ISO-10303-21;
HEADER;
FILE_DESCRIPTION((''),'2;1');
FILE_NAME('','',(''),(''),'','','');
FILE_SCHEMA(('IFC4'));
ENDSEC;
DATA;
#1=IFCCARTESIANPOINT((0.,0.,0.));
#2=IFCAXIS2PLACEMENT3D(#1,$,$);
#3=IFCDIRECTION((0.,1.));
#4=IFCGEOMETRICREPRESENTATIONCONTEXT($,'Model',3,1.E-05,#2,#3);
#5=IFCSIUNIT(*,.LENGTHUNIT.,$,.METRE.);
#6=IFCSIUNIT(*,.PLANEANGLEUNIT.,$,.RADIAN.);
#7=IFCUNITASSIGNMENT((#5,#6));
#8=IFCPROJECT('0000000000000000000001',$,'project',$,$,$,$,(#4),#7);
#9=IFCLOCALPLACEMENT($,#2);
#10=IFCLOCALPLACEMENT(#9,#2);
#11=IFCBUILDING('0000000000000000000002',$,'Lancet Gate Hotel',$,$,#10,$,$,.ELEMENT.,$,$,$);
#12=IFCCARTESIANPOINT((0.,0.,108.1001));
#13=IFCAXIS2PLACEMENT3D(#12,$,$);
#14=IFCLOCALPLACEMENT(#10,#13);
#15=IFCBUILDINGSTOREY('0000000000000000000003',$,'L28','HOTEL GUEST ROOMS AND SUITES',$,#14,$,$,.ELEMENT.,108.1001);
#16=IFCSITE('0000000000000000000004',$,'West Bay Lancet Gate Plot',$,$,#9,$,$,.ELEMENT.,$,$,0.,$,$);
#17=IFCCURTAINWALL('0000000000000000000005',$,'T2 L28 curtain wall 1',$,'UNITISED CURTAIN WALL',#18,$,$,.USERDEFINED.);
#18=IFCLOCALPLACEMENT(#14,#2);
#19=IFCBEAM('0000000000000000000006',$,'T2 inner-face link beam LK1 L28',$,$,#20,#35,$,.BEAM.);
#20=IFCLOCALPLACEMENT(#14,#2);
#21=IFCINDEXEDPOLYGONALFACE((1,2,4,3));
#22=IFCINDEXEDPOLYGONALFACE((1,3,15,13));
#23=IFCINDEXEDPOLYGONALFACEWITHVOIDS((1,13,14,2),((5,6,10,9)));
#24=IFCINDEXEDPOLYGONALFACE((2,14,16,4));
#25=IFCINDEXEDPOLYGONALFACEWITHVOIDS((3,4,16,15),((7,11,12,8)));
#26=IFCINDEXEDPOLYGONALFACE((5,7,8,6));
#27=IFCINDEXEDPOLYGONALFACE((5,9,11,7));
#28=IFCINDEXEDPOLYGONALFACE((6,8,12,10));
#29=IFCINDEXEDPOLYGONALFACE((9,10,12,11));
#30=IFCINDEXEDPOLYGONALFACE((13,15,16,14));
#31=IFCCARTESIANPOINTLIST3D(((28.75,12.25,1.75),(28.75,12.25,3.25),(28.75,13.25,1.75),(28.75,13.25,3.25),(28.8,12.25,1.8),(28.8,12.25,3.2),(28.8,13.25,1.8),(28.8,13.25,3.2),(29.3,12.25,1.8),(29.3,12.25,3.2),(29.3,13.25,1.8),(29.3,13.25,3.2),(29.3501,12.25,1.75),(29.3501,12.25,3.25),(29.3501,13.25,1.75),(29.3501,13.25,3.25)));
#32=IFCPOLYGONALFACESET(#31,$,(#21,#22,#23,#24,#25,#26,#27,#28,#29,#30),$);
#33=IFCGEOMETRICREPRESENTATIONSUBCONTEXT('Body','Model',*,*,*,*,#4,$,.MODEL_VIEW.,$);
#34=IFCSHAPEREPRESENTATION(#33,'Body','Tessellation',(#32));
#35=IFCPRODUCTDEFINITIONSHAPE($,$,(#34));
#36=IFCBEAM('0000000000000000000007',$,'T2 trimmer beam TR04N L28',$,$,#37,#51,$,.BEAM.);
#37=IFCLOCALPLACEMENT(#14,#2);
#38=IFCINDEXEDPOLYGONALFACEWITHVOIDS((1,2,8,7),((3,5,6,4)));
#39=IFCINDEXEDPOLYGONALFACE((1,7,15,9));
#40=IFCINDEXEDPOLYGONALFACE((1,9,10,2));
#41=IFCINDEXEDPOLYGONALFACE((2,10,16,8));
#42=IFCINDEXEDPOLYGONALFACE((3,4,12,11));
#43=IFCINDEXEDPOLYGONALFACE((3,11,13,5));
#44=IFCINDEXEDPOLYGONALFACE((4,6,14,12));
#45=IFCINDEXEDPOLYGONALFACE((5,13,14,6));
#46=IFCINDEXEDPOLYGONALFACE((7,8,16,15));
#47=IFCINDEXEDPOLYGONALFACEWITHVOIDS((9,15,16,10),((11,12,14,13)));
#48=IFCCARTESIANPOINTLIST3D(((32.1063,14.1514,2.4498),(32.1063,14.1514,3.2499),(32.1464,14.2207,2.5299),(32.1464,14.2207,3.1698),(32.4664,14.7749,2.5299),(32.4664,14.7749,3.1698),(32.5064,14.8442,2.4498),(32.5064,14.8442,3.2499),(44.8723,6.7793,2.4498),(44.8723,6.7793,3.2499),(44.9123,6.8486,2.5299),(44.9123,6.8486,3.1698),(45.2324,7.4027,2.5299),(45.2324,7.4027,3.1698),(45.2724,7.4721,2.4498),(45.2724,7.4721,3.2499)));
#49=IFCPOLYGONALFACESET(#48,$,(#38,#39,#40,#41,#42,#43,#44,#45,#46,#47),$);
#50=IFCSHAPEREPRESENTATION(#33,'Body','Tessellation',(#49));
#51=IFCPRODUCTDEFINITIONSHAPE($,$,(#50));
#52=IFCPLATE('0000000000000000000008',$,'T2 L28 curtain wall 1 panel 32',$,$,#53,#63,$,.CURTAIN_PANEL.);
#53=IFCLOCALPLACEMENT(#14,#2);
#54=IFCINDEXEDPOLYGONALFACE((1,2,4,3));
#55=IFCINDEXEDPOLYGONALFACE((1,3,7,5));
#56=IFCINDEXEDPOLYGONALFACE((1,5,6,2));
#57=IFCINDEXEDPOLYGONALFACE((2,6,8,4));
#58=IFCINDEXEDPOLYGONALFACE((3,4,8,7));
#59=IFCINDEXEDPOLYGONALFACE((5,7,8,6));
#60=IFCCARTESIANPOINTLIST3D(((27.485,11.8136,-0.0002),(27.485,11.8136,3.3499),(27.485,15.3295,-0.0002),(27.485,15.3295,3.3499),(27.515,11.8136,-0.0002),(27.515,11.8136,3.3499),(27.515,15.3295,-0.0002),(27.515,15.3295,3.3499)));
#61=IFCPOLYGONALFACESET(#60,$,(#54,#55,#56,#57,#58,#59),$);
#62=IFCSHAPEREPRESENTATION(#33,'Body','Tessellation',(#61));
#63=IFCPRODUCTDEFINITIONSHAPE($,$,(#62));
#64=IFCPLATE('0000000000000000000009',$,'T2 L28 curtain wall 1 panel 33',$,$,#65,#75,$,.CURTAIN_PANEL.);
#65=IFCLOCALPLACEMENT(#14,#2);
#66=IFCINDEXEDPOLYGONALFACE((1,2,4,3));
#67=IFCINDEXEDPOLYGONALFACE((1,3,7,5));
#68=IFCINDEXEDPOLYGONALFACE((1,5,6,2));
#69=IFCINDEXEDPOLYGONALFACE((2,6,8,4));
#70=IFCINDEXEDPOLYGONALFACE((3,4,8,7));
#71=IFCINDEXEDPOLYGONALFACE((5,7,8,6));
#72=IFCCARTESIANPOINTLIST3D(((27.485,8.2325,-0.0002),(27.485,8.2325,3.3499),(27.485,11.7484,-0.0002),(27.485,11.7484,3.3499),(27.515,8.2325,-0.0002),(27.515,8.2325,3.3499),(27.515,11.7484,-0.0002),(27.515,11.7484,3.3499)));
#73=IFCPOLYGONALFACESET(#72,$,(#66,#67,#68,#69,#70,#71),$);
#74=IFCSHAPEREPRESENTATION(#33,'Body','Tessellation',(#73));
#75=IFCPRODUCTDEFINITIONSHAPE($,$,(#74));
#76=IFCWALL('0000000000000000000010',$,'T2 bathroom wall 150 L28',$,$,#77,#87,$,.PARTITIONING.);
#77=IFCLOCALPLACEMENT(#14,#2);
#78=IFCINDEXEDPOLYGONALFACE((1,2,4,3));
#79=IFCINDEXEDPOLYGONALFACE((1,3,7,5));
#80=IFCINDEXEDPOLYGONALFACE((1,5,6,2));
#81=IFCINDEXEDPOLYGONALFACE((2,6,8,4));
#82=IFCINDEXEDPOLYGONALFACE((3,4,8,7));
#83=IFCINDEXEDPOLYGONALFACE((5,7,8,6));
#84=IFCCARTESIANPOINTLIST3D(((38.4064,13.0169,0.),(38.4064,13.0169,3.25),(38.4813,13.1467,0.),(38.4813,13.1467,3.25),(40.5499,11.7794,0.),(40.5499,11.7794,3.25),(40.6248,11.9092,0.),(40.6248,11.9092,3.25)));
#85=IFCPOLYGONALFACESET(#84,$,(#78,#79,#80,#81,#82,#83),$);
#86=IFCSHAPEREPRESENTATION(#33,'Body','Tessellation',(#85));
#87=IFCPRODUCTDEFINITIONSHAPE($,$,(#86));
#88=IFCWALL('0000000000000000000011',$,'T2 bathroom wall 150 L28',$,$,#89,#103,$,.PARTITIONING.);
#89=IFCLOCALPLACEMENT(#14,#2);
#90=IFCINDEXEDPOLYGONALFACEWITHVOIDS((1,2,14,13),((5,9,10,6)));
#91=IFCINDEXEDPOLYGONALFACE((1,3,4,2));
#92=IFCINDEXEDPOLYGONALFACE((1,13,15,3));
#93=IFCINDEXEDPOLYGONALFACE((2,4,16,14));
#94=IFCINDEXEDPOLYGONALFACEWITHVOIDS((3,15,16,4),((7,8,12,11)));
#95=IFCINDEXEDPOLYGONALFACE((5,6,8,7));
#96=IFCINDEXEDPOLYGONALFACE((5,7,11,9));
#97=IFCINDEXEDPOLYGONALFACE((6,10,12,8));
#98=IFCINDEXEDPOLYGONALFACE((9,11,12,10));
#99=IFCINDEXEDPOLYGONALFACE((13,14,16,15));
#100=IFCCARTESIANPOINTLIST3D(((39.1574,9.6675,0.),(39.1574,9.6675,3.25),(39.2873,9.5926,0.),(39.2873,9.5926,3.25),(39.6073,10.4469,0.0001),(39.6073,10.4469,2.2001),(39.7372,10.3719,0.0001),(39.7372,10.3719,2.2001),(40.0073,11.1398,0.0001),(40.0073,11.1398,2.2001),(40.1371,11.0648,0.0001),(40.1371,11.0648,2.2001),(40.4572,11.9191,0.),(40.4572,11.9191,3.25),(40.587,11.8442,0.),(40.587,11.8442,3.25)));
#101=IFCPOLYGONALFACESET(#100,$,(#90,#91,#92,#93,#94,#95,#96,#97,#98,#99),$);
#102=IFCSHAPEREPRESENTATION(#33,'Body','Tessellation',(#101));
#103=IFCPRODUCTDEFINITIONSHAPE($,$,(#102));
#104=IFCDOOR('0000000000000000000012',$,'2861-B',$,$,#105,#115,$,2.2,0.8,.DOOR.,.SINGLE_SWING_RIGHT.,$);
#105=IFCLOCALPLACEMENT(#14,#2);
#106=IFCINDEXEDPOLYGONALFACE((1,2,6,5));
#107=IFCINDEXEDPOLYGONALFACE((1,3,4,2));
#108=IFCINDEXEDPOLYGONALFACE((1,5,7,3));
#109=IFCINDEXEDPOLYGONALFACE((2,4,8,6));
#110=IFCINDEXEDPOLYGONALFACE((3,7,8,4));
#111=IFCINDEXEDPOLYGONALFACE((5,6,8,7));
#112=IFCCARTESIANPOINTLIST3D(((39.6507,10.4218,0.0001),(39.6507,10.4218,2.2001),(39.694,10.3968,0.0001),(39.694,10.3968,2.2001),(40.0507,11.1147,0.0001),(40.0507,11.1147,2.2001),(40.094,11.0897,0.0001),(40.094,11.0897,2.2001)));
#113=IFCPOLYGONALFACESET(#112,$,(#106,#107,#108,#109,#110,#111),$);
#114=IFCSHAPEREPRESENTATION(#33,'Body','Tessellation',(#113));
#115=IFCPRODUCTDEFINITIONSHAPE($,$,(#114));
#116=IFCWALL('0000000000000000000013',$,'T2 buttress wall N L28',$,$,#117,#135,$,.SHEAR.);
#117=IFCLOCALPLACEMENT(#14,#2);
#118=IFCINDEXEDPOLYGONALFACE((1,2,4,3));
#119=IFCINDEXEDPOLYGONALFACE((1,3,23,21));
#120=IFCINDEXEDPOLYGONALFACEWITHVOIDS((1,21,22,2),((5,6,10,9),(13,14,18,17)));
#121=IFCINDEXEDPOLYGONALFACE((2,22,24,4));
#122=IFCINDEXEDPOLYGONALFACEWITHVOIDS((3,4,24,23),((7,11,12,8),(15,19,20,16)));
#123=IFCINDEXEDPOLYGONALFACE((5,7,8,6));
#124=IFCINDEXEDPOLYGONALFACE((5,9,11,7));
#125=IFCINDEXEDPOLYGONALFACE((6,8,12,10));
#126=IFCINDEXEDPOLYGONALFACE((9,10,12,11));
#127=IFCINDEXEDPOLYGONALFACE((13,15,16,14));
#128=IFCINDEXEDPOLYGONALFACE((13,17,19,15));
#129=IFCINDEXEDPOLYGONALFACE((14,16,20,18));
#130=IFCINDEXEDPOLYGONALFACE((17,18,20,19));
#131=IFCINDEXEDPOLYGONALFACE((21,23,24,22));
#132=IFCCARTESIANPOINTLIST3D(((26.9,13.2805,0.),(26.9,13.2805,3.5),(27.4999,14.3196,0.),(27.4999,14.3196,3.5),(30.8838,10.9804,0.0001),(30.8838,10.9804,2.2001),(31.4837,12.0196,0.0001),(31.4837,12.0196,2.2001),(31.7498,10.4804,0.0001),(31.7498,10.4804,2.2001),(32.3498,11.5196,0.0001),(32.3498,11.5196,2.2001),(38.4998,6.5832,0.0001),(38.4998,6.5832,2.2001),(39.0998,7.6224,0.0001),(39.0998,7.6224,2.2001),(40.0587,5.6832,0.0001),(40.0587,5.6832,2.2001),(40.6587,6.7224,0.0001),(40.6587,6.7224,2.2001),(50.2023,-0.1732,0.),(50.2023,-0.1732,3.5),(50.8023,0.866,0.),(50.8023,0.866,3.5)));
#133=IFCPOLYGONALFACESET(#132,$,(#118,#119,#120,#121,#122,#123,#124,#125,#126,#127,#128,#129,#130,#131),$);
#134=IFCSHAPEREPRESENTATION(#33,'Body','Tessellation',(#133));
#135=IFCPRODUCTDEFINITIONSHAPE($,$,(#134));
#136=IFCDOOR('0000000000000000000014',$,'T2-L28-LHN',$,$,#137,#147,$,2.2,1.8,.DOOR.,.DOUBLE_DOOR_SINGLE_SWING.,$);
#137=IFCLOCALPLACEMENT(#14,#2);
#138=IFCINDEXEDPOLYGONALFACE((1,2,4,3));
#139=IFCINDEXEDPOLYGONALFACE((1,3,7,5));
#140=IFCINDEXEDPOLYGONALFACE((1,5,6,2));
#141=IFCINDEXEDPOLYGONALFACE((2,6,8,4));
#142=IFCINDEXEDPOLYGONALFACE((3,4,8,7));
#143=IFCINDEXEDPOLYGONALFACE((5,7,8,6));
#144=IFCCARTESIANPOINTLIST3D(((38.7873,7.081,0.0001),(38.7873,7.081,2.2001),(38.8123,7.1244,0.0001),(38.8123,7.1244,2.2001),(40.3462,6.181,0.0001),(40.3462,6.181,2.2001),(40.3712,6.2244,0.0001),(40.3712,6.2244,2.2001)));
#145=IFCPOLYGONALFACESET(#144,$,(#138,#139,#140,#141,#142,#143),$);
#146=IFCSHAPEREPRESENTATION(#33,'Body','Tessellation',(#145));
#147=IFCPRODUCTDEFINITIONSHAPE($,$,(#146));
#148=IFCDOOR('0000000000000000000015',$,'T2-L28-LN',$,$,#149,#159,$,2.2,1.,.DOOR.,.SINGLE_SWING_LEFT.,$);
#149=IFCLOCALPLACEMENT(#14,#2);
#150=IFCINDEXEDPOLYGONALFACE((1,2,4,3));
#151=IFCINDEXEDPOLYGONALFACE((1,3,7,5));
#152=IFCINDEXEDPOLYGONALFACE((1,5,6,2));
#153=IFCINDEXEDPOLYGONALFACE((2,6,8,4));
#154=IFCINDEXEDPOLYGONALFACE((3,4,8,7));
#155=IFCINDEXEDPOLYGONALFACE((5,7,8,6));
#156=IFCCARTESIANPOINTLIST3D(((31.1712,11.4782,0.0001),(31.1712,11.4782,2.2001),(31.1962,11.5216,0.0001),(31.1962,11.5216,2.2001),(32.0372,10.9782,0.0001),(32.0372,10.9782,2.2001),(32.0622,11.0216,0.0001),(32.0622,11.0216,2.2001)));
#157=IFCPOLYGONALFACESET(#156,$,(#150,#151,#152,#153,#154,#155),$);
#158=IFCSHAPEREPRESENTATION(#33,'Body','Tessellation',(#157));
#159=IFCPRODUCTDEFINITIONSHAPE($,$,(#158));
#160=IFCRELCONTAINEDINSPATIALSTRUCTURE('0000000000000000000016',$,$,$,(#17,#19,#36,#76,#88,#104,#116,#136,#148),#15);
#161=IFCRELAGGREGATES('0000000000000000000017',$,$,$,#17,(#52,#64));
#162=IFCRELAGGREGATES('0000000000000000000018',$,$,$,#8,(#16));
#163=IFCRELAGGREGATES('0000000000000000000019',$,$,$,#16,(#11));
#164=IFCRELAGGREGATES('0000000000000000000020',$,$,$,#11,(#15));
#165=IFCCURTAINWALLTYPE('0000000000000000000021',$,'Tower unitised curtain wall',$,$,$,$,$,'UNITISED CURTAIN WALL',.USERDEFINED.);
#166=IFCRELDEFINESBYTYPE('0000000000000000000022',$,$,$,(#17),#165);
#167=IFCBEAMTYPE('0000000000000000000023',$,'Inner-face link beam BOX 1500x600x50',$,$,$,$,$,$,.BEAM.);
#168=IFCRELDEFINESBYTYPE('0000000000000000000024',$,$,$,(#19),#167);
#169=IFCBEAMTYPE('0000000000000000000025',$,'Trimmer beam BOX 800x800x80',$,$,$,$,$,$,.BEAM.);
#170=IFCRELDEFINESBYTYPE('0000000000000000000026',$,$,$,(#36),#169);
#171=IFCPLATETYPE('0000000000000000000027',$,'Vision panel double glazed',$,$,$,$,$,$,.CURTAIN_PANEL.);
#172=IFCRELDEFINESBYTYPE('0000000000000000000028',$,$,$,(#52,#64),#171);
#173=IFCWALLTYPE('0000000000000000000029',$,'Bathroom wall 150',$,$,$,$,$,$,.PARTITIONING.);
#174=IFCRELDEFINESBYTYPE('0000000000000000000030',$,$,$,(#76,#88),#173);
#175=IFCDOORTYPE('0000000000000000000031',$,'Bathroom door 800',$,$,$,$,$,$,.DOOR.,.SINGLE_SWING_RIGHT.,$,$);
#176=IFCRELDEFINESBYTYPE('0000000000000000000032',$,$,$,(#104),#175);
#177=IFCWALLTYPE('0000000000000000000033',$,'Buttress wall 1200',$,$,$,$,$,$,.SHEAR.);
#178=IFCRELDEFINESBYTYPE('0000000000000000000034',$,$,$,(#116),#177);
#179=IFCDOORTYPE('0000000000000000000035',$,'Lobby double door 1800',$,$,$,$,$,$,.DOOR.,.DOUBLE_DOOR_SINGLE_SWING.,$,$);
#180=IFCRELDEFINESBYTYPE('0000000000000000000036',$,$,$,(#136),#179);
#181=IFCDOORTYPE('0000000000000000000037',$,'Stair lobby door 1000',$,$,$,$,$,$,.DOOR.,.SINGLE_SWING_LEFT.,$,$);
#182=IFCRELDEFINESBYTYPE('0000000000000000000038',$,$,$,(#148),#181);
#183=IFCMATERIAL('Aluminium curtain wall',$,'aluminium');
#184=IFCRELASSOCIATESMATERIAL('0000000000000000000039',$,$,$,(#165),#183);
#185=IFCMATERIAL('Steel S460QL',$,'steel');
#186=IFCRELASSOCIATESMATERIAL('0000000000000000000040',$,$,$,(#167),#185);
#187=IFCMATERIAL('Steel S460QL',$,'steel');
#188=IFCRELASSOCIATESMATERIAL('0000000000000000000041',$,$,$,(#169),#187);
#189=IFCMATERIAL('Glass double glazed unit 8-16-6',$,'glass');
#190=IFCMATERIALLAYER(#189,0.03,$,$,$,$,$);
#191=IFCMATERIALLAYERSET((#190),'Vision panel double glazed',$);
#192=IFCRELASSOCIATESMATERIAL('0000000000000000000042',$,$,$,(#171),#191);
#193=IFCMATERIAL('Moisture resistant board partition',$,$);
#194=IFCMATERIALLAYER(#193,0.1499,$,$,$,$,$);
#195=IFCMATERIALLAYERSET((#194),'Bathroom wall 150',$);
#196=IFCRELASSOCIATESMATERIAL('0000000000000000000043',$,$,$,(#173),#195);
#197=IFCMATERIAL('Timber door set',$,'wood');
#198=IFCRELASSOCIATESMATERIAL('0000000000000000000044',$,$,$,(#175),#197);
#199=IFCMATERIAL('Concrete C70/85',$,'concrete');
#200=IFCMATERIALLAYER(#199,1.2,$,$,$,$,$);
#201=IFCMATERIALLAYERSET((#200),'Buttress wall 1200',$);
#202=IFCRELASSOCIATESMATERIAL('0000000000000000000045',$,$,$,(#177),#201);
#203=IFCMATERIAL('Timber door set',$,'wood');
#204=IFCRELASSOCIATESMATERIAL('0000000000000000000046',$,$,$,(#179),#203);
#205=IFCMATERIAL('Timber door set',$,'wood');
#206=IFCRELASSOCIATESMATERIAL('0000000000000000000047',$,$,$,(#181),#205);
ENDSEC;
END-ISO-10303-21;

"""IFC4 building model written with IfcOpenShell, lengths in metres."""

from ifc_helpers import new_model, si_unit, direction, frame, frame_2d, origin, origin_2d, place, context, subcontext, project, spatial, rectangle, hollow_rectangle, extrude, material, layer, layer_set, material_profile, profile_set, type_object, element, fill, aggregate, save


model = new_model("IFC4")

# Units and contexts
model_context = context("Model", 3, precision=1e-05, world=origin(), true_north=direction((0.0, 1.0)))
body_context = subcontext(model_context, "Body", "Model", "MODEL_VIEW")
ifc_project = project(units=[si_unit("LENGTHUNIT", "METRE"), si_unit("PLANEANGLEUNIT", "RADIAN")], contexts=[model_context])

# Site, building, storey
site_placement = place(None, origin())
site = spatial("IfcSite", under=ifc_project, at=site_placement, Name="West Bay Lancet Gate Plot", CompositionType="ELEMENT", RefElevation=0.0)
building_placement = place(site_placement, origin())
building = spatial("IfcBuilding", under=site, at=building_placement, Name="Lancet Gate Hotel", CompositionType="ELEMENT")
storey_placement = place(building_placement, frame((0.0, 0.0, 108.1001)))
storey = spatial("IfcBuildingStorey", under=building, at=storey_placement, Name="L28", Description="HOTEL GUEST ROOMS AND SUITES", CompositionType="ELEMENT", Elevation=108.1001)

# Curtain wall
ifc_material_1 = material(Name="Aluminium curtain wall", Category="aluminium")
curtain_wall_type = type_object("IfcCurtainWallType", Name="Tower unitised curtain wall", ElementType="UNITISED CURTAIN WALL", PredefinedType="USERDEFINED", material=ifc_material_1)
curtain_wall_placement = place(storey_placement, origin())
curtain_wall = element("IfcCurtainWall", 1, at=curtain_wall_placement, inside=storey, type_object=curtain_wall_type, Name="T2 L28 curtain wall 1", ObjectType="UNITISED CURTAIN WALL", PredefinedType="USERDEFINED")

# Beams
ifc_material_2 = material(Name="Steel S460QL", Category="steel")
ifc_material_profile_1 = material_profile(ifc_material_2, hollow_rectangle(XDim=0.6001, YDim=1.5, WallThickness=0.05, at=origin_2d()), Name="BOX 1500x600x50")
ifc_profile_set_1 = profile_set([ifc_material_profile_1], Name="Steel S460QL")
beam_type_1 = type_object("IfcBeamType", Name="Inner-face link beam BOX 1500x600x50", PredefinedType="BEAM", material=ifc_profile_set_1)
beam_1_placement = place(storey_placement, frame((29.05, 12.25, 2.5), z_axis=(0.0, 1.0, 0.0), x_axis=(-1.0, 0.0, 0.0)))
element("IfcBeam", 2, at=beam_1_placement, inside=storey, type_object=beam_type_1, Name="T2 inner-face link beam LK1 L28", PredefinedType="BEAM", context=body_context, shape_type="SweptSolid", body=[
    extrude(hollow_rectangle(XDim=0.6001, YDim=1.5, WallThickness=0.05, at=origin_2d()), origin(), (0.0, 0.0, 1.0), 1.0),
])
ifc_material_3 = material(Name="Steel S460QL", Category="steel")
ifc_material_profile_2 = material_profile(ifc_material_3, hollow_rectangle(XDim=0.8, YDim=0.8, WallThickness=0.0801, at=origin_2d()), Name="BOX 800x800x80")
ifc_profile_set_2 = profile_set([ifc_material_profile_2], Name="Steel S460QL")
beam_type_2 = type_object("IfcBeamType", Name="Trimmer beam BOX 800x800x80", PredefinedType="BEAM", material=ifc_profile_set_2)
beam_2_placement = place(storey_placement, frame((32.3064, 14.4978, 2.8499), z_axis=(0.865976, -0.500086, 0.0), x_axis=(0.500086, 0.865976, 0.0)))
element("IfcBeam", 3, at=beam_2_placement, inside=storey, type_object=beam_type_2, Name="T2 trimmer beam TR04N L28", PredefinedType="BEAM", context=body_context, shape_type="SweptSolid", body=[
    extrude(hollow_rectangle(XDim=0.8, YDim=0.8, WallThickness=0.0801, at=origin_2d()), origin(), (0.0, 0.0, 1.0), 14.7417),
])

# Plates
ifc_material_4 = material(Name="Glass double glazed unit 8-16-6", Category="glass")
ifc_layer_1 = layer(ifc_material_4, 0.03)
ifc_layer_set_1 = layer_set([ifc_layer_1], Name="Vision panel double glazed")
plate_type = type_object("IfcPlateType", Name="Vision panel double glazed", PredefinedType="CURTAIN_PANEL", material=ifc_layer_set_1)
plate_1_placement = place(storey_placement, frame((27.5, 13.5715, -0.0002), z_axis=(0.0, 0.0, 1.0), x_axis=(0.0, -1.0, 0.0)))
plate_1 = element("IfcPlate", 4, at=plate_1_placement, type_object=plate_type, Name="T2 L28 curtain wall 1 panel 32", PredefinedType="CURTAIN_PANEL", context=body_context, shape_type="SweptSolid", body=[
    extrude(rectangle(XDim=3.5159, YDim=0.03, at=origin_2d()), origin(), (0.0, 0.0, 1.0), 3.3501),
])
plate_2_placement = place(storey_placement, frame((27.5, 9.9905, -0.0002), z_axis=(0.0, 0.0, 1.0), x_axis=(0.0, -1.0, 0.0)))
plate_2 = element("IfcPlate", 5, at=plate_2_placement, type_object=plate_type, Name="T2 L28 curtain wall 1 panel 33", PredefinedType="CURTAIN_PANEL", context=body_context, shape_type="SweptSolid", body=[
    extrude(rectangle(XDim=3.5159, YDim=0.03, at=origin_2d()), origin(), (0.0, 0.0, 1.0), 3.3501),
])
aggregate(curtain_wall, [plate_1, plate_2])

# Wall
ifc_material_5 = material(Name="Moisture resistant board partition")
ifc_layer_2 = layer(ifc_material_5, 0.1499)
ifc_layer_set_2 = layer_set([ifc_layer_2], Name="Bathroom wall 150")
wall_type_1 = type_object("IfcWallType", Name="Bathroom wall 150", PredefinedType="PARTITIONING", material=ifc_layer_set_2)
wall_1_placement = place(storey_placement, frame((38.4438, 13.0818, 0.0), z_axis=(0.0, 0.0, 1.0), x_axis=(0.866031, -0.49999, 0.0)))
element("IfcWall", 6, at=wall_1_placement, inside=storey, type_object=wall_type_1, Name="T2 bathroom wall 150 L28", PredefinedType="PARTITIONING", context=body_context, shape_type="SweptSolid", body=[
    extrude(rectangle(XDim=2.4751, YDim=0.1499, at=frame_2d((1.2375, 0.0))), origin(), (0.0, 0.0, 1.0), 3.25),
])

# Wall, opening, door
wall_2_placement = place(storey_placement, frame((39.2224, 9.6301, 0.0), z_axis=(0.0, 0.0, 1.0), x_axis=(0.499937, 0.866062, 0.0)))
wall_2 = element("IfcWall", 7, at=wall_2_placement, inside=storey, type_object=wall_type_1, Name="T2 bathroom wall 150 L28", PredefinedType="PARTITIONING", context=body_context, shape_type="SweptSolid", body=[
    extrude(rectangle(XDim=2.5999, YDim=0.1499, at=frame_2d((1.2998, 0.0))), origin(), (0.0, 0.0, 1.0), 3.25),
])
opening_1_placement = place(wall_2_placement, frame((0.8999, 0.0, 0.0)))
opening_1 = element("IfcOpeningElement", 8, at=opening_1_placement, cuts=wall_2, PredefinedType="OPENING", context=body_context, shape_type="SweptSolid", body=[
    extrude(rectangle(XDim=0.8, YDim=2.2, at=frame_2d((0.3999, 1.1001))), frame((0.0, 0.085, 0.0), z_axis=(0.0, -1.0, 0.0), x_axis=(1.0, 0.0, 0.0)), (0.0, 0.0, 1.0), 0.1699),
])
ifc_material_6 = material(Name="Timber door set", Category="wood")
door_type_1 = type_object("IfcDoorType", Name="Bathroom door 800", OperationType="SINGLE_SWING_RIGHT", PredefinedType="DOOR", material=ifc_material_6)
door_1_placement = place(opening_1_placement, origin())
door_1 = element("IfcDoor", 9, at=door_1_placement, inside=storey, type_object=door_type_1, Name="2861-B", OperationType="SINGLE_SWING_RIGHT", OverallHeight=2.2, OverallWidth=0.8, PredefinedType="DOOR", context=body_context, shape_type="SweptSolid", body=[
    extrude(rectangle(XDim=0.8, YDim=2.2, at=frame_2d((0.3999, 1.1001))), frame((0.0, 0.0249, 0.0), z_axis=(0.0, -1.0, 0.0), x_axis=(1.0, 0.0, 0.0)), (0.0, 0.0, 1.0), 0.05),
])
fill(opening_1, door_1)

# Wall, openings, doors
ifc_material_7 = material(Name="Concrete C70/85", Category="concrete")
ifc_layer_3 = layer(ifc_material_7, 1.2)
ifc_layer_set_3 = layer_set([ifc_layer_3], Name="Buttress wall 1200")
wall_type_2 = type_object("IfcWallType", Name="Buttress wall 1200", PredefinedType="SHEAR", material=ifc_layer_set_3)
wall_3_placement = place(storey_placement, frame((27.2, 13.8, 0.0), z_axis=(0.0, 0.0, 1.0), x_axis=(0.866025, -0.500002, 0.0)))
wall_3 = element("IfcWall", 10, at=wall_3_placement, inside=storey, type_object=wall_type_2, Name="T2 buttress wall N L28", PredefinedType="SHEAR", context=body_context, shape_type="SweptSolid", body=[
    extrude(rectangle(XDim=26.9072, YDim=1.2, at=frame_2d((13.4536, 0.0))), origin(), (0.0, 0.0, 1.0), 3.5),
])
opening_2_placement = place(wall_3_placement, frame((4.6001, 0.0, 0.0)))
opening_2 = element("IfcOpeningElement", 11, at=opening_2_placement, cuts=wall_3, PredefinedType="OPENING", context=body_context, shape_type="SweptSolid", body=[
    extrude(rectangle(XDim=1.0, YDim=2.2, at=frame_2d((0.5, 1.1001))), frame((0.0, 0.6099, 0.0), z_axis=(0.0, -1.0, 0.0), x_axis=(1.0, 0.0, 0.0)), (0.0, 0.0, 1.0), 1.22),
])
opening_3_placement = place(wall_3_placement, frame((13.3945, 0.0, 0.0)))
opening_3 = element("IfcOpeningElement", 12, at=opening_3_placement, cuts=wall_3, PredefinedType="OPENING", context=body_context, shape_type="SweptSolid", body=[
    extrude(rectangle(XDim=1.8, YDim=2.2, at=frame_2d((0.8999, 1.1001))), frame((0.0, 0.6099, 0.0), z_axis=(0.0, -1.0, 0.0), x_axis=(1.0, 0.0, 0.0)), (0.0, 0.0, 1.0), 1.22),
])
ifc_material_8 = material(Name="Timber door set", Category="wood")
door_type_2 = type_object("IfcDoorType", Name="Lobby double door 1800", OperationType="DOUBLE_DOOR_SINGLE_SWING", PredefinedType="DOOR", material=ifc_material_8)
door_2_placement = place(opening_3_placement, origin())
door_2 = element("IfcDoor", 13, at=door_2_placement, inside=storey, type_object=door_type_2, Name="T2-L28-LHN", OperationType="DOUBLE_DOOR_SINGLE_SWING", OverallHeight=2.2, OverallWidth=1.8, PredefinedType="DOOR", context=body_context, shape_type="SweptSolid", body=[
    extrude(rectangle(XDim=1.8, YDim=2.2, at=frame_2d((0.8999, 1.1001))), frame((0.0, 0.0249, 0.0), z_axis=(0.0, -1.0, 0.0), x_axis=(1.0, 0.0, 0.0)), (0.0, 0.0, 1.0), 0.05),
])
fill(opening_3, door_2)
ifc_material_9 = material(Name="Timber door set", Category="wood")
door_type_3 = type_object("IfcDoorType", Name="Stair lobby door 1000", OperationType="SINGLE_SWING_LEFT", PredefinedType="DOOR", material=ifc_material_9)
door_3_placement = place(opening_2_placement, origin())
door_3 = element("IfcDoor", 14, at=door_3_placement, inside=storey, type_object=door_type_3, Name="T2-L28-LN", OperationType="SINGLE_SWING_LEFT", OverallHeight=2.2, OverallWidth=1.0, PredefinedType="DOOR", context=body_context, shape_type="SweptSolid", body=[
    extrude(rectangle(XDim=1.0, YDim=2.2, at=frame_2d((0.5, 1.1001))), frame((0.0, 0.0249, 0.0), z_axis=(0.0, -1.0, 0.0), x_axis=(1.0, 0.0, 0.0)), (0.0, 0.0, 1.0), 0.05),
])
fill(opening_2, door_3)

save(model, "model.ifc")
